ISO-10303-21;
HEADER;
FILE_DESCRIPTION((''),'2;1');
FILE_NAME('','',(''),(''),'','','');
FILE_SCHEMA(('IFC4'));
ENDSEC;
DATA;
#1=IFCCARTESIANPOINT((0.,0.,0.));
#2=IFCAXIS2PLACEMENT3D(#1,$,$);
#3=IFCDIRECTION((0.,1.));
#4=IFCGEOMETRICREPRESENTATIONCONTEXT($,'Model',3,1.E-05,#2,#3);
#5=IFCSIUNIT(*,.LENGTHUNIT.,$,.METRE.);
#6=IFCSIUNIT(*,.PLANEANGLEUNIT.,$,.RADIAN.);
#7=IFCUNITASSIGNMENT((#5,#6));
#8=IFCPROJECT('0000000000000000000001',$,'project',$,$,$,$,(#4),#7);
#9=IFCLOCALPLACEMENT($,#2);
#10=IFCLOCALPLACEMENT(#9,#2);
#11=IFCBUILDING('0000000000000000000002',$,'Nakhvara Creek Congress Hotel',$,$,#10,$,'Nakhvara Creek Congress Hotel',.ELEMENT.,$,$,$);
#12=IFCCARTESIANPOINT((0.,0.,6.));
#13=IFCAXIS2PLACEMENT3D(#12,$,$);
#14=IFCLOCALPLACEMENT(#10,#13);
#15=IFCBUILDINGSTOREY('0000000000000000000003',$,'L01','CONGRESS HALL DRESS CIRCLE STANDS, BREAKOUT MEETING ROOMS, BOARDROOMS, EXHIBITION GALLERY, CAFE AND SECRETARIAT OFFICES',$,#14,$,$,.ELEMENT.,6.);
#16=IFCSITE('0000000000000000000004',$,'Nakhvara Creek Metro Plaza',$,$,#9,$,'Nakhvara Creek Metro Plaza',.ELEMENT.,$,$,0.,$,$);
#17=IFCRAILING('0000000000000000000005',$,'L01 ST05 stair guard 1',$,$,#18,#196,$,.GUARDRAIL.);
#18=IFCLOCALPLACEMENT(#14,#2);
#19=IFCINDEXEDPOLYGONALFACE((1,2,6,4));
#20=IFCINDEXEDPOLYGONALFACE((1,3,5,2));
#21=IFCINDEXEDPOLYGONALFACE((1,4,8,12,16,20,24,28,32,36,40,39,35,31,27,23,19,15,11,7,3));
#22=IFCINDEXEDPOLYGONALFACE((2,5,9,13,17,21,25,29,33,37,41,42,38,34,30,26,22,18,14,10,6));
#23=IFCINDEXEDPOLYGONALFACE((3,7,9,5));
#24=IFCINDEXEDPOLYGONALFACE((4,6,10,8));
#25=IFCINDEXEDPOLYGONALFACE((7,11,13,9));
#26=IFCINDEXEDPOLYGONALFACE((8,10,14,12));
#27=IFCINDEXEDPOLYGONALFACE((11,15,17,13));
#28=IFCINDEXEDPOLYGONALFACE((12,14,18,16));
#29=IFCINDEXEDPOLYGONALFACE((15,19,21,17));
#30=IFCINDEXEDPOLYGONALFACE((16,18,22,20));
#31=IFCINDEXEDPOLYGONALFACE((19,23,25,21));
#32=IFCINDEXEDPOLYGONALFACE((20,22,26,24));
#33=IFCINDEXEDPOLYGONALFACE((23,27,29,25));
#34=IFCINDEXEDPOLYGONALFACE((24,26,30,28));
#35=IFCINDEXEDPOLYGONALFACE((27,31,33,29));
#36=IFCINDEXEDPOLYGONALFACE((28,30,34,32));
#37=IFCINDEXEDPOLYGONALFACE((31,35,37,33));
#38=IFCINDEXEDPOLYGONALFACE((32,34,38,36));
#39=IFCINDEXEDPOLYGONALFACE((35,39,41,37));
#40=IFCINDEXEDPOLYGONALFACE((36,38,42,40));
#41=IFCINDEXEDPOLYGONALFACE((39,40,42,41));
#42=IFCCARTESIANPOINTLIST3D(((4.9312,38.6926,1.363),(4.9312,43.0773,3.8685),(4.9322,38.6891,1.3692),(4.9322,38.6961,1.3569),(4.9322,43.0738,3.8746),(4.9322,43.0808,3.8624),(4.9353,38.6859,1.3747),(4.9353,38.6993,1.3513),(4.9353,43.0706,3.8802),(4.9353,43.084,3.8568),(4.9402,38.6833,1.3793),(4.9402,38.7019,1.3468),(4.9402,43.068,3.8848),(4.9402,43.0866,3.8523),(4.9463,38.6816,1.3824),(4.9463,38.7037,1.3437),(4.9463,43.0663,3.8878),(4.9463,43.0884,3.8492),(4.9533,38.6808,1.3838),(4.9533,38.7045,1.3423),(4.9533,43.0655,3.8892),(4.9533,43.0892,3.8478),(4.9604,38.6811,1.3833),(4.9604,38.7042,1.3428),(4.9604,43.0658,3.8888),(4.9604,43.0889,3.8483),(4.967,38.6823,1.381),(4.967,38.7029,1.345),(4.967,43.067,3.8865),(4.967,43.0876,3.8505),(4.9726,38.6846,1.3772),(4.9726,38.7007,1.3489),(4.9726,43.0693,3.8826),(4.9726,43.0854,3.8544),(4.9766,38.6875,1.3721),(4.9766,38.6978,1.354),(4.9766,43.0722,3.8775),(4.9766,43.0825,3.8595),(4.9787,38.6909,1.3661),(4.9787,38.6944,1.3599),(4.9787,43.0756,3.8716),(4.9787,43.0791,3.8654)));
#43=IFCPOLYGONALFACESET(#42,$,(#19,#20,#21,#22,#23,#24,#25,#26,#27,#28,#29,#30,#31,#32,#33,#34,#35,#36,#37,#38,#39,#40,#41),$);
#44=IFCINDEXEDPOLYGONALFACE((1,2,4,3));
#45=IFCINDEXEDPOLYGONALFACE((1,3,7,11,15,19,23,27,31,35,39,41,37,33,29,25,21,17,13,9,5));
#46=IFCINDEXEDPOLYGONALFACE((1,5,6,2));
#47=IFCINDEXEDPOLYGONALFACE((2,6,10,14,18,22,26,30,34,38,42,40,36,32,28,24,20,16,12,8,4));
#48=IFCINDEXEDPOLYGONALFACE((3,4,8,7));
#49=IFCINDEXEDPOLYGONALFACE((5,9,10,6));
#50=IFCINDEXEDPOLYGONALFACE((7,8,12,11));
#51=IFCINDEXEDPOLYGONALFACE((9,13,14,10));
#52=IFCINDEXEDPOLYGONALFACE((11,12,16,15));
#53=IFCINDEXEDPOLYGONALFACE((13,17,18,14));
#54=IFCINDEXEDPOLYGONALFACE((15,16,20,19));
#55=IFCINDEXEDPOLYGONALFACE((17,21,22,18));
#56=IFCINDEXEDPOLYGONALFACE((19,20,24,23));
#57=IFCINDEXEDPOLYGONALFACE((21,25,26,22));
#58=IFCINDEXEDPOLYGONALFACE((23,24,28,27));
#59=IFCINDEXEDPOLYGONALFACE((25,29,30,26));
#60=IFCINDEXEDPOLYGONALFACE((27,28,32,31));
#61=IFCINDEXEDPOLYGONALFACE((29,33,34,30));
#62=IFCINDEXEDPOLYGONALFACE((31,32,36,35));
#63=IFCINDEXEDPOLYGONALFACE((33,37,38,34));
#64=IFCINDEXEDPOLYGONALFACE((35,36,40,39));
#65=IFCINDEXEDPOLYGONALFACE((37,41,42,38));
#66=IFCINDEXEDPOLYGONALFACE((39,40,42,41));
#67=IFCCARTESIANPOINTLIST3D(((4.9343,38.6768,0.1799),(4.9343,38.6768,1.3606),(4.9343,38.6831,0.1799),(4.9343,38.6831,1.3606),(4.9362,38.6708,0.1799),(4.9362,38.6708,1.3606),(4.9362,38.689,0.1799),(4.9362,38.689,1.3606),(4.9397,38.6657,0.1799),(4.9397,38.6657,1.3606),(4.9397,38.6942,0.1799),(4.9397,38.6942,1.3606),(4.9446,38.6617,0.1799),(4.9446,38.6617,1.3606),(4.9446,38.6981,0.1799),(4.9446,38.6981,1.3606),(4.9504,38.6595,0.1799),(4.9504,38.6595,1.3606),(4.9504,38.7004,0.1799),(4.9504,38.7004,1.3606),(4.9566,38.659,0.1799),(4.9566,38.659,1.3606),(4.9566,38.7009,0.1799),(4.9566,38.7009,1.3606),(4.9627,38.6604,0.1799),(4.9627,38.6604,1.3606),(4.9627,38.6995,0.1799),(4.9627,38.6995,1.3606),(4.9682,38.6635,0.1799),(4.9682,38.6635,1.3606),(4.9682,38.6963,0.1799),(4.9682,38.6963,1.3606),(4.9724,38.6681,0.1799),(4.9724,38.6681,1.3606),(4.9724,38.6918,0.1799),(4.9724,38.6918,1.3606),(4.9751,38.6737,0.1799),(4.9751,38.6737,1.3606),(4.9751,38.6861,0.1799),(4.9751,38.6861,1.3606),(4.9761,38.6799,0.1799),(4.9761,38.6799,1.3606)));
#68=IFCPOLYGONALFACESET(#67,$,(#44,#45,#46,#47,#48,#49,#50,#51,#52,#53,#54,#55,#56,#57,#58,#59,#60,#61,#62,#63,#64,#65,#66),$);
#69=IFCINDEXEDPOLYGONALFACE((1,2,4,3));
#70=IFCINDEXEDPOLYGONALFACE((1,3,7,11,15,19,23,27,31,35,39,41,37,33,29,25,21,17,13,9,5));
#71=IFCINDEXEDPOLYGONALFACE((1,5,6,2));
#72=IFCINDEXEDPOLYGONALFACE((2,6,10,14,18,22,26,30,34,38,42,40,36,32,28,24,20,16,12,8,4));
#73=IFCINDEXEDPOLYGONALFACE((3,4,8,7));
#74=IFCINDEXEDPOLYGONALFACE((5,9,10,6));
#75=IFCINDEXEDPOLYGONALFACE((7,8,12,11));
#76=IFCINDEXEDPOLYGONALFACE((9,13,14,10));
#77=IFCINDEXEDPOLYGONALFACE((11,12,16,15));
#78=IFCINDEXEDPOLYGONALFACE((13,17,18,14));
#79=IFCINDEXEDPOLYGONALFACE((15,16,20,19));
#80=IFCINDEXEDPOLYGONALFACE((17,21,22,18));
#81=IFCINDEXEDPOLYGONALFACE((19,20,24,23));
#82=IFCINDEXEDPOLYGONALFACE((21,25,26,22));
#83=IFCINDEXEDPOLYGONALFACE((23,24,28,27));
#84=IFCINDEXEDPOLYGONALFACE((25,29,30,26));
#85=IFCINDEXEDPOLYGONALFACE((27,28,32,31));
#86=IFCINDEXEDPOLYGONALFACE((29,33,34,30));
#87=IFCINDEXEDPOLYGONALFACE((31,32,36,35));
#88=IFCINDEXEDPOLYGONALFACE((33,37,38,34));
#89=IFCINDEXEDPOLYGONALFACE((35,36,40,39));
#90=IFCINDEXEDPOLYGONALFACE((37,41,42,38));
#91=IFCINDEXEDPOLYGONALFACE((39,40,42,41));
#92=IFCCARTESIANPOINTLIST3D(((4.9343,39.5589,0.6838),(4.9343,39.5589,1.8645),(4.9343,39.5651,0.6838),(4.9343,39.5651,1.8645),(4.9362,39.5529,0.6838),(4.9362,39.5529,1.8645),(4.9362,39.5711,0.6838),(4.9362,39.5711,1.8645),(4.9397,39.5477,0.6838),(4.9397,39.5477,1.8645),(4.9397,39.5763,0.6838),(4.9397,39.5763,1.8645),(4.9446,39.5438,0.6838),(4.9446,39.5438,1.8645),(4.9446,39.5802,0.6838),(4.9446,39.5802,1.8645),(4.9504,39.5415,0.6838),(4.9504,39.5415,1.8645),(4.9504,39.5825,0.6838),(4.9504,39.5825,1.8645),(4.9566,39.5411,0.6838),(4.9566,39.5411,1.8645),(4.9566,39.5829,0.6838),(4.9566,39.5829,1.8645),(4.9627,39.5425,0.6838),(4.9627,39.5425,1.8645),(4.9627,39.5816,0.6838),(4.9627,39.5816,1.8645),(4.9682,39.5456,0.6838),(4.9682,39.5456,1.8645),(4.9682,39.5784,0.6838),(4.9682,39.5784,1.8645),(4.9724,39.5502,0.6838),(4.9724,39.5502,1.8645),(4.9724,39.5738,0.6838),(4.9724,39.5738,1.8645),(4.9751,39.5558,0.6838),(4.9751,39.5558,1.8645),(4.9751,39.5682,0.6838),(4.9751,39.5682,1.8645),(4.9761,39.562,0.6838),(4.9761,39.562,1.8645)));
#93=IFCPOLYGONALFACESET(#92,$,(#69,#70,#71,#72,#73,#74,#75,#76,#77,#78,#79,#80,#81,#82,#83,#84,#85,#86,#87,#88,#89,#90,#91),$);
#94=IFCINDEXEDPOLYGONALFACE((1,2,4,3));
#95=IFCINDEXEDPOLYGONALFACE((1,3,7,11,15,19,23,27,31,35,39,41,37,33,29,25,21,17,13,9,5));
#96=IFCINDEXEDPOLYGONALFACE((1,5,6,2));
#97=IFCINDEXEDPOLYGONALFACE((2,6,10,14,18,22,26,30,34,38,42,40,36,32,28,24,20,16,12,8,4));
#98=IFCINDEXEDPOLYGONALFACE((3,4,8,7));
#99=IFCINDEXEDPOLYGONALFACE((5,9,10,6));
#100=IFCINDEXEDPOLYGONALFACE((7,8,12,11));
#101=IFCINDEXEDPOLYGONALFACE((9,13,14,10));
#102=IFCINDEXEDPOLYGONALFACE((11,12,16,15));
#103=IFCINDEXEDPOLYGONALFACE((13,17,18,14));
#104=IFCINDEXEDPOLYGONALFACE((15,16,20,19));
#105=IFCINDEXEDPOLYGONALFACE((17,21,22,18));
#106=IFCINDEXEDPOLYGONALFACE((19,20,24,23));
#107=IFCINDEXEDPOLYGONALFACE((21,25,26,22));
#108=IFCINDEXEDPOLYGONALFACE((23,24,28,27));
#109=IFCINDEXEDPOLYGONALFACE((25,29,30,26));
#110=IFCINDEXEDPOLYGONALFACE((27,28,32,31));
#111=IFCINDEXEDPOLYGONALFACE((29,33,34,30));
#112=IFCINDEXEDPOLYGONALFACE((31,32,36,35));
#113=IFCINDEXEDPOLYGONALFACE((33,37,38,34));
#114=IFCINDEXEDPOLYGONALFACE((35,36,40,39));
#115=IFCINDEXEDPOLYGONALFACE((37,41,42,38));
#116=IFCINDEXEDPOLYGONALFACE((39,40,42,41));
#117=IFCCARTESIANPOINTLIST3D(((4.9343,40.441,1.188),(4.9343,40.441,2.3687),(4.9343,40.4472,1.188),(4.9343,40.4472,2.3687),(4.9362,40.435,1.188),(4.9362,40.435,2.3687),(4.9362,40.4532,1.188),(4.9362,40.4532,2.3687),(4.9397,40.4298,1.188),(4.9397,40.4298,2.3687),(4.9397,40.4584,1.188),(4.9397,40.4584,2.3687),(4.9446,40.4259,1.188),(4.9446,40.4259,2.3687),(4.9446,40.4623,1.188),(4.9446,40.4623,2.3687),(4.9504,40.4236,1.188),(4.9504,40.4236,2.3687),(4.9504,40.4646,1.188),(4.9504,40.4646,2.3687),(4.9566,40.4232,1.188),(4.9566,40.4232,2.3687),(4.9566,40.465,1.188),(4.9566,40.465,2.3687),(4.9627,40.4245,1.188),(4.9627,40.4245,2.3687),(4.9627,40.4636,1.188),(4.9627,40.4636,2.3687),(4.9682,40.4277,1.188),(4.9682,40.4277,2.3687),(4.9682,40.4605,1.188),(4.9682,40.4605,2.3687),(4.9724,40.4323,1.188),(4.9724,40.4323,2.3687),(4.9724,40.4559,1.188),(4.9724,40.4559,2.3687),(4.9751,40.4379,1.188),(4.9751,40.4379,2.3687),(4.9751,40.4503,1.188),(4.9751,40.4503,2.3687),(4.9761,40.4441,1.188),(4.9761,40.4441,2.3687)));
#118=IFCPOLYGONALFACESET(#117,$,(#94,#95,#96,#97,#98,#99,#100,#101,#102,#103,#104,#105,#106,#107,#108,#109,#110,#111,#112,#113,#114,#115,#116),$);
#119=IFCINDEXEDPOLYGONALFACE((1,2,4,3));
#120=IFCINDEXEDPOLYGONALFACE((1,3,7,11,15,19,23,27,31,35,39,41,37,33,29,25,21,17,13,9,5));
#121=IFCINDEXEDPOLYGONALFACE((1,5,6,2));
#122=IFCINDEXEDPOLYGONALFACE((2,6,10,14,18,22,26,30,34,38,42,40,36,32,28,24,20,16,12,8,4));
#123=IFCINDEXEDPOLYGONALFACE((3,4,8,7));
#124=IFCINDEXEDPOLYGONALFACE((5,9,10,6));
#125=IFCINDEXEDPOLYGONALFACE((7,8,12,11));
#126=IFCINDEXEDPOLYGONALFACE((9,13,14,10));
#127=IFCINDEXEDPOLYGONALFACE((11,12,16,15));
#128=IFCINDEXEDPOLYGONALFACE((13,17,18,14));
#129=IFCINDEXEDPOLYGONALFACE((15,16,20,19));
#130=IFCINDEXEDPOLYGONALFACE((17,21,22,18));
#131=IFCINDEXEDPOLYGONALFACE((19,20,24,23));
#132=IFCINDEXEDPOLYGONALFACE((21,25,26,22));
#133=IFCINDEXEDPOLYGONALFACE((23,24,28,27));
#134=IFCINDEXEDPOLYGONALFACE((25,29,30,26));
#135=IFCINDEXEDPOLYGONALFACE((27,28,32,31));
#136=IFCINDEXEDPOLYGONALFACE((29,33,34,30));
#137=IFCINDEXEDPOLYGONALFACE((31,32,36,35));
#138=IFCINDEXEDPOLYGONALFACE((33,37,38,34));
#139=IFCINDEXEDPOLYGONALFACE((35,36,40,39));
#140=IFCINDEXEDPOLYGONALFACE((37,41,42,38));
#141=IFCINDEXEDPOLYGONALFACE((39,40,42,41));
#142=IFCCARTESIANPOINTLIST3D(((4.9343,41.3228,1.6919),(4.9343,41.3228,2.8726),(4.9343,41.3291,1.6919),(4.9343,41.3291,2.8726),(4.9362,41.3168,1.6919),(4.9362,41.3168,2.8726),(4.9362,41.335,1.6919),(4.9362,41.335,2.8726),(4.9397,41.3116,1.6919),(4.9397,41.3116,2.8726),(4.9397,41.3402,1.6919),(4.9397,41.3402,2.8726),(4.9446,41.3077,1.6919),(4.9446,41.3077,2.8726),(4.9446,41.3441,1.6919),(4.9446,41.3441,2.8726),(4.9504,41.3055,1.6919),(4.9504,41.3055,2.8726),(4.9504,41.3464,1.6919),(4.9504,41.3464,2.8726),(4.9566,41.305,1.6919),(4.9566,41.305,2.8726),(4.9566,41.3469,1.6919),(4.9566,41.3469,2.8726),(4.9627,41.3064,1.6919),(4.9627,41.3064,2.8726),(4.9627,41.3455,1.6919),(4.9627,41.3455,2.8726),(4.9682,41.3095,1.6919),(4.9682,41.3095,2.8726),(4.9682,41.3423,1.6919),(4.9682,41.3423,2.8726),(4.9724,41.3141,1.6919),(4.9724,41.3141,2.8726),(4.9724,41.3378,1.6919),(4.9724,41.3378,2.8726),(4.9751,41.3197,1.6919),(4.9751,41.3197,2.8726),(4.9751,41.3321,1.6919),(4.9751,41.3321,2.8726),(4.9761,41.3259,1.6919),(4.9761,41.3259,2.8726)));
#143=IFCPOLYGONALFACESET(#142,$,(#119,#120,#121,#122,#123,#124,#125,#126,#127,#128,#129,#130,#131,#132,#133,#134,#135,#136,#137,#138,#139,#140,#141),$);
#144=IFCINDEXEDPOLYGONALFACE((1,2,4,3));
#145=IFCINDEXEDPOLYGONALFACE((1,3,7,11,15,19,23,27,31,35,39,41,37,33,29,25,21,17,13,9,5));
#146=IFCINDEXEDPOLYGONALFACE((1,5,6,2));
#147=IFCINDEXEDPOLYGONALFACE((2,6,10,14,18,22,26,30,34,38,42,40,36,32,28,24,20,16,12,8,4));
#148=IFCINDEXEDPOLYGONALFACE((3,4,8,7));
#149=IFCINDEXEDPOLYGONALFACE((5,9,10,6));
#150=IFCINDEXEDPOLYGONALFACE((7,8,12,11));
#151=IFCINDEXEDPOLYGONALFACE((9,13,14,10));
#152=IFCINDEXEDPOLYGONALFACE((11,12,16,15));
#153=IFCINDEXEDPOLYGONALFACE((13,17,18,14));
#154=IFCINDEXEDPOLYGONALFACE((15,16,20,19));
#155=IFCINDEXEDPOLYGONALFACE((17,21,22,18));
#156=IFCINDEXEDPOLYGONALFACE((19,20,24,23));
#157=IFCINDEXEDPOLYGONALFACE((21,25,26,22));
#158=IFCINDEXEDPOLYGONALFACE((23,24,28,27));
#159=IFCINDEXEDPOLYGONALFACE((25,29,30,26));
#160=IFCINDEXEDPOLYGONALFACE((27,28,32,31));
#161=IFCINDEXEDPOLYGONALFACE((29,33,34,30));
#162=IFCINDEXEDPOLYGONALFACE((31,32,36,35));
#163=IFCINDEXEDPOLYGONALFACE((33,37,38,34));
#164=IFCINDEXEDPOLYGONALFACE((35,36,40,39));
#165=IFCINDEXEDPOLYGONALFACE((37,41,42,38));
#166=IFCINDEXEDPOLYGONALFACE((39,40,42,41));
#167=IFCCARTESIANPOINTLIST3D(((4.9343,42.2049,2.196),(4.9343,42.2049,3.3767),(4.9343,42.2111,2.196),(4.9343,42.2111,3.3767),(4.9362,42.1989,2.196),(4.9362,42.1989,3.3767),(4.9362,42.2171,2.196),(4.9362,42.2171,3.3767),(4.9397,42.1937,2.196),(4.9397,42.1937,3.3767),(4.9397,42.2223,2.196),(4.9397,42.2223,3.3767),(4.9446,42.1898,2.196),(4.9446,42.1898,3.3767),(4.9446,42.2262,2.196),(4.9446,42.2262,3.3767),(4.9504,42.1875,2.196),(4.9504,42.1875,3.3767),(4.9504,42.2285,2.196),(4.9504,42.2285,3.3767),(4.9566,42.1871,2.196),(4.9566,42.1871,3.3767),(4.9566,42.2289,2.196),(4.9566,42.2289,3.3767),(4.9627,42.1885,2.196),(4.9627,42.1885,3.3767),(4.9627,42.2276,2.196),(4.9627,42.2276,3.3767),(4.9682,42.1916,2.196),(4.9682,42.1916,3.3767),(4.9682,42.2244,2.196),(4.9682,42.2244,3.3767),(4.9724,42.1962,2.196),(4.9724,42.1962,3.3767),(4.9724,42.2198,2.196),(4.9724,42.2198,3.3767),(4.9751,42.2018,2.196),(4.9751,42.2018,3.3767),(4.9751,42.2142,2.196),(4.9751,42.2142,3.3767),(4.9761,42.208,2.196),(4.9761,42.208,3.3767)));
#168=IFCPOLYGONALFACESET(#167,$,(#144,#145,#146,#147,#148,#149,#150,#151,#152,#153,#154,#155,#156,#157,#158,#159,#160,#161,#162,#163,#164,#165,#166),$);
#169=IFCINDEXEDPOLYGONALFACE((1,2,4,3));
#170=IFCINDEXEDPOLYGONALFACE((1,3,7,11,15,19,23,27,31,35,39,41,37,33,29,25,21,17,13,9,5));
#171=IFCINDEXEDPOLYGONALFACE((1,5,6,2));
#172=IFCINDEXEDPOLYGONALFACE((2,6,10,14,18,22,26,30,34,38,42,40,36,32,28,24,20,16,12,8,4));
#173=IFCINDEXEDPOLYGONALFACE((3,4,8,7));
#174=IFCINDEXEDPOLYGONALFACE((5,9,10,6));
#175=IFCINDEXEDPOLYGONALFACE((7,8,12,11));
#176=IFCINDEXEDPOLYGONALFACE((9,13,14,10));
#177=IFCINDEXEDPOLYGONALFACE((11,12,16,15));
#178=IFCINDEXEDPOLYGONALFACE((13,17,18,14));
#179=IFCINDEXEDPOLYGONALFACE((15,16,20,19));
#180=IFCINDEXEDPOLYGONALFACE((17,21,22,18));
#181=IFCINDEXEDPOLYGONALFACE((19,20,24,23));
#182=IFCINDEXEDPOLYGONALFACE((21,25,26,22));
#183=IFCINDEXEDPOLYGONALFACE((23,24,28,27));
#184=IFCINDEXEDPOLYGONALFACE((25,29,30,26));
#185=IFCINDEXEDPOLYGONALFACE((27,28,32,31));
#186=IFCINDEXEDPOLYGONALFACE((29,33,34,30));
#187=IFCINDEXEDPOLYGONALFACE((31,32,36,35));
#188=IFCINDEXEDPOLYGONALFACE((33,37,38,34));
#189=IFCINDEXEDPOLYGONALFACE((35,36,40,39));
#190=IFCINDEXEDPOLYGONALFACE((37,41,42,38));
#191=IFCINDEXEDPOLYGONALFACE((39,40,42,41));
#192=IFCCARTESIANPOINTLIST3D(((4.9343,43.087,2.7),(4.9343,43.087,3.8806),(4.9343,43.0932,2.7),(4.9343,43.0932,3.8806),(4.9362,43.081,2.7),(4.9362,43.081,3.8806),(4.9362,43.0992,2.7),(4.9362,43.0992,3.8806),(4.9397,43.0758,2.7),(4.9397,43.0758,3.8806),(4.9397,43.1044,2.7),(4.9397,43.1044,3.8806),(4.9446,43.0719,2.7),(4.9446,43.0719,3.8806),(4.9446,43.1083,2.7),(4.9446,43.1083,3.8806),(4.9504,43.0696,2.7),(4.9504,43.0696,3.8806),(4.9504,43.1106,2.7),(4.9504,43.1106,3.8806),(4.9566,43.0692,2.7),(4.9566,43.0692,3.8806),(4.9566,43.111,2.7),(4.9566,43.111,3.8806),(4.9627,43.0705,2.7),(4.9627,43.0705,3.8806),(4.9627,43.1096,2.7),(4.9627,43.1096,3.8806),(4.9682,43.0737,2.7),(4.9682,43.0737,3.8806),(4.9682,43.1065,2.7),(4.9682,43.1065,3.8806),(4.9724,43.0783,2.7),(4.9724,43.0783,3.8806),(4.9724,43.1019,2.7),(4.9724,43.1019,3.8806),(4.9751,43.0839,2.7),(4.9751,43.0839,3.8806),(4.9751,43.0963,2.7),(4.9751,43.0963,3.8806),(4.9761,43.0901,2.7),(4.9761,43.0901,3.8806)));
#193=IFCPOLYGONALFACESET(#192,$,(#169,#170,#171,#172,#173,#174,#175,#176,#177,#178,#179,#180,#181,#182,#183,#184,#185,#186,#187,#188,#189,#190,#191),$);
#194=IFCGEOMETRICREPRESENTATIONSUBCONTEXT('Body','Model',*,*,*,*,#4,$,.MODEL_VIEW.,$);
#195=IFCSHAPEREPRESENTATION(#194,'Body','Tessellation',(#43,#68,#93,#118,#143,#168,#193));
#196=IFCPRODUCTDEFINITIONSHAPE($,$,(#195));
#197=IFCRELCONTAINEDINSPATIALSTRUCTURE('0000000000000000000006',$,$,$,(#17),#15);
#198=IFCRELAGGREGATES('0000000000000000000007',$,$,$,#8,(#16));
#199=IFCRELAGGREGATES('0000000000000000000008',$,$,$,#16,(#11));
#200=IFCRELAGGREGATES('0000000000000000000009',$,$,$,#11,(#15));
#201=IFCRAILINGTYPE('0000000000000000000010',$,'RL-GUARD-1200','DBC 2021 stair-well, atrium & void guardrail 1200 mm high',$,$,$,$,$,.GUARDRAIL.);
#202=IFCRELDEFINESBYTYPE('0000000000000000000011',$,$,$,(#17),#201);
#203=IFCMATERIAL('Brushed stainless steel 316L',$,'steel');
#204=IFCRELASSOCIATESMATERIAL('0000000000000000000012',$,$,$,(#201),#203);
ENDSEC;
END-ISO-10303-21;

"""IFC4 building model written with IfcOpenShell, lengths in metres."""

from ifc_helpers import new_model, si_unit, direction, frame, origin, origin_2d, place, context, subcontext, project, spatial, circle, extrude, material, type_object, element, save


model = new_model("IFC4")

# Units and contexts
model_context = context("Model", 3, precision=1e-05, world=origin(), true_north=direction((0.0, 1.0)))
body_context = subcontext(model_context, "Body", "Model", "MODEL_VIEW")
ifc_project = project(units=[si_unit("LENGTHUNIT", "METRE"), si_unit("PLANEANGLEUNIT", "RADIAN")], contexts=[model_context])

# Site, building, storey
site_placement = place(None, origin())
site = spatial("IfcSite", under=ifc_project, at=site_placement, Name="Nakhvara Creek Metro Plaza", LongName="Nakhvara Creek Metro Plaza", CompositionType="ELEMENT", RefElevation=0.0)
building_placement = place(site_placement, origin())
building = spatial("IfcBuilding", under=site, at=building_placement, Name="Nakhvara Creek Congress Hotel", LongName="Nakhvara Creek Congress Hotel", CompositionType="ELEMENT")
storey_placement = place(building_placement, frame((0.0, 0.0, 6.0)))
storey = spatial("IfcBuildingStorey", under=building, at=storey_placement, Name="L01", Description="CONGRESS HALL DRESS CIRCLE STANDS, BREAKOUT MEETING ROOMS, BOARDROOMS, EXHIBITION GALLERY, CAFE AND SECRETARIAT OFFICES", CompositionType="ELEMENT", Elevation=6.0)

# Railing
ifc_material_1 = material(Name="Brushed stainless steel 316L", Category="steel")
railing_type_1 = type_object("IfcRailingType", Name="RL-GUARD-1200", Description="DBC 2021 stair-well, atrium & void guardrail 1200 mm high", PredefinedType="GUARDRAIL", material=ifc_material_1)
railing_1_placement = place(storey_placement, frame((4.9551, 38.6799, 0.1799)))
element("IfcRailing", 1, at=railing_1_placement, inside=storey, type_object=railing_type_1, Name="L01 ST05 stair guard 1", PredefinedType="GUARDRAIL", context=body_context, shape_type="SweptSolid", body=[
    extrude(circle(Radius=0.0239, at=origin_2d()), frame((0.0, 0.0127, 1.1831), z_axis=(0.0, 0.868249, 0.496129), x_axis=(-1.0, 0.0, 0.0)), (0.0, 0.0, 1.0), 5.05),
    extrude(circle(Radius=0.021, at=origin_2d()), origin(), (0.0, 0.0, 1.0), 1.1807),
    extrude(circle(Radius=0.021, at=origin_2d()), frame((0.0, 0.8821, 0.5039)), (0.0, 0.0, 1.0), 1.1807),
    extrude(circle(Radius=0.021, at=origin_2d()), frame((0.0, 1.7642, 1.0081)), (0.0, 0.0, 1.0), 1.1807),
    extrude(circle(Radius=0.021, at=origin_2d()), frame((0.0, 2.646, 1.512)), (0.0, 0.0, 1.0), 1.1807),
    extrude(circle(Radius=0.021, at=origin_2d()), frame((0.0, 3.5281, 2.0161)), (0.0, 0.0, 1.0), 1.1807),
    extrude(circle(Radius=0.021, at=origin_2d()), frame((0.0, 4.4102, 2.52)), (0.0, 0.0, 1.0), 1.1807),
])

save(model, "model.ifc")
